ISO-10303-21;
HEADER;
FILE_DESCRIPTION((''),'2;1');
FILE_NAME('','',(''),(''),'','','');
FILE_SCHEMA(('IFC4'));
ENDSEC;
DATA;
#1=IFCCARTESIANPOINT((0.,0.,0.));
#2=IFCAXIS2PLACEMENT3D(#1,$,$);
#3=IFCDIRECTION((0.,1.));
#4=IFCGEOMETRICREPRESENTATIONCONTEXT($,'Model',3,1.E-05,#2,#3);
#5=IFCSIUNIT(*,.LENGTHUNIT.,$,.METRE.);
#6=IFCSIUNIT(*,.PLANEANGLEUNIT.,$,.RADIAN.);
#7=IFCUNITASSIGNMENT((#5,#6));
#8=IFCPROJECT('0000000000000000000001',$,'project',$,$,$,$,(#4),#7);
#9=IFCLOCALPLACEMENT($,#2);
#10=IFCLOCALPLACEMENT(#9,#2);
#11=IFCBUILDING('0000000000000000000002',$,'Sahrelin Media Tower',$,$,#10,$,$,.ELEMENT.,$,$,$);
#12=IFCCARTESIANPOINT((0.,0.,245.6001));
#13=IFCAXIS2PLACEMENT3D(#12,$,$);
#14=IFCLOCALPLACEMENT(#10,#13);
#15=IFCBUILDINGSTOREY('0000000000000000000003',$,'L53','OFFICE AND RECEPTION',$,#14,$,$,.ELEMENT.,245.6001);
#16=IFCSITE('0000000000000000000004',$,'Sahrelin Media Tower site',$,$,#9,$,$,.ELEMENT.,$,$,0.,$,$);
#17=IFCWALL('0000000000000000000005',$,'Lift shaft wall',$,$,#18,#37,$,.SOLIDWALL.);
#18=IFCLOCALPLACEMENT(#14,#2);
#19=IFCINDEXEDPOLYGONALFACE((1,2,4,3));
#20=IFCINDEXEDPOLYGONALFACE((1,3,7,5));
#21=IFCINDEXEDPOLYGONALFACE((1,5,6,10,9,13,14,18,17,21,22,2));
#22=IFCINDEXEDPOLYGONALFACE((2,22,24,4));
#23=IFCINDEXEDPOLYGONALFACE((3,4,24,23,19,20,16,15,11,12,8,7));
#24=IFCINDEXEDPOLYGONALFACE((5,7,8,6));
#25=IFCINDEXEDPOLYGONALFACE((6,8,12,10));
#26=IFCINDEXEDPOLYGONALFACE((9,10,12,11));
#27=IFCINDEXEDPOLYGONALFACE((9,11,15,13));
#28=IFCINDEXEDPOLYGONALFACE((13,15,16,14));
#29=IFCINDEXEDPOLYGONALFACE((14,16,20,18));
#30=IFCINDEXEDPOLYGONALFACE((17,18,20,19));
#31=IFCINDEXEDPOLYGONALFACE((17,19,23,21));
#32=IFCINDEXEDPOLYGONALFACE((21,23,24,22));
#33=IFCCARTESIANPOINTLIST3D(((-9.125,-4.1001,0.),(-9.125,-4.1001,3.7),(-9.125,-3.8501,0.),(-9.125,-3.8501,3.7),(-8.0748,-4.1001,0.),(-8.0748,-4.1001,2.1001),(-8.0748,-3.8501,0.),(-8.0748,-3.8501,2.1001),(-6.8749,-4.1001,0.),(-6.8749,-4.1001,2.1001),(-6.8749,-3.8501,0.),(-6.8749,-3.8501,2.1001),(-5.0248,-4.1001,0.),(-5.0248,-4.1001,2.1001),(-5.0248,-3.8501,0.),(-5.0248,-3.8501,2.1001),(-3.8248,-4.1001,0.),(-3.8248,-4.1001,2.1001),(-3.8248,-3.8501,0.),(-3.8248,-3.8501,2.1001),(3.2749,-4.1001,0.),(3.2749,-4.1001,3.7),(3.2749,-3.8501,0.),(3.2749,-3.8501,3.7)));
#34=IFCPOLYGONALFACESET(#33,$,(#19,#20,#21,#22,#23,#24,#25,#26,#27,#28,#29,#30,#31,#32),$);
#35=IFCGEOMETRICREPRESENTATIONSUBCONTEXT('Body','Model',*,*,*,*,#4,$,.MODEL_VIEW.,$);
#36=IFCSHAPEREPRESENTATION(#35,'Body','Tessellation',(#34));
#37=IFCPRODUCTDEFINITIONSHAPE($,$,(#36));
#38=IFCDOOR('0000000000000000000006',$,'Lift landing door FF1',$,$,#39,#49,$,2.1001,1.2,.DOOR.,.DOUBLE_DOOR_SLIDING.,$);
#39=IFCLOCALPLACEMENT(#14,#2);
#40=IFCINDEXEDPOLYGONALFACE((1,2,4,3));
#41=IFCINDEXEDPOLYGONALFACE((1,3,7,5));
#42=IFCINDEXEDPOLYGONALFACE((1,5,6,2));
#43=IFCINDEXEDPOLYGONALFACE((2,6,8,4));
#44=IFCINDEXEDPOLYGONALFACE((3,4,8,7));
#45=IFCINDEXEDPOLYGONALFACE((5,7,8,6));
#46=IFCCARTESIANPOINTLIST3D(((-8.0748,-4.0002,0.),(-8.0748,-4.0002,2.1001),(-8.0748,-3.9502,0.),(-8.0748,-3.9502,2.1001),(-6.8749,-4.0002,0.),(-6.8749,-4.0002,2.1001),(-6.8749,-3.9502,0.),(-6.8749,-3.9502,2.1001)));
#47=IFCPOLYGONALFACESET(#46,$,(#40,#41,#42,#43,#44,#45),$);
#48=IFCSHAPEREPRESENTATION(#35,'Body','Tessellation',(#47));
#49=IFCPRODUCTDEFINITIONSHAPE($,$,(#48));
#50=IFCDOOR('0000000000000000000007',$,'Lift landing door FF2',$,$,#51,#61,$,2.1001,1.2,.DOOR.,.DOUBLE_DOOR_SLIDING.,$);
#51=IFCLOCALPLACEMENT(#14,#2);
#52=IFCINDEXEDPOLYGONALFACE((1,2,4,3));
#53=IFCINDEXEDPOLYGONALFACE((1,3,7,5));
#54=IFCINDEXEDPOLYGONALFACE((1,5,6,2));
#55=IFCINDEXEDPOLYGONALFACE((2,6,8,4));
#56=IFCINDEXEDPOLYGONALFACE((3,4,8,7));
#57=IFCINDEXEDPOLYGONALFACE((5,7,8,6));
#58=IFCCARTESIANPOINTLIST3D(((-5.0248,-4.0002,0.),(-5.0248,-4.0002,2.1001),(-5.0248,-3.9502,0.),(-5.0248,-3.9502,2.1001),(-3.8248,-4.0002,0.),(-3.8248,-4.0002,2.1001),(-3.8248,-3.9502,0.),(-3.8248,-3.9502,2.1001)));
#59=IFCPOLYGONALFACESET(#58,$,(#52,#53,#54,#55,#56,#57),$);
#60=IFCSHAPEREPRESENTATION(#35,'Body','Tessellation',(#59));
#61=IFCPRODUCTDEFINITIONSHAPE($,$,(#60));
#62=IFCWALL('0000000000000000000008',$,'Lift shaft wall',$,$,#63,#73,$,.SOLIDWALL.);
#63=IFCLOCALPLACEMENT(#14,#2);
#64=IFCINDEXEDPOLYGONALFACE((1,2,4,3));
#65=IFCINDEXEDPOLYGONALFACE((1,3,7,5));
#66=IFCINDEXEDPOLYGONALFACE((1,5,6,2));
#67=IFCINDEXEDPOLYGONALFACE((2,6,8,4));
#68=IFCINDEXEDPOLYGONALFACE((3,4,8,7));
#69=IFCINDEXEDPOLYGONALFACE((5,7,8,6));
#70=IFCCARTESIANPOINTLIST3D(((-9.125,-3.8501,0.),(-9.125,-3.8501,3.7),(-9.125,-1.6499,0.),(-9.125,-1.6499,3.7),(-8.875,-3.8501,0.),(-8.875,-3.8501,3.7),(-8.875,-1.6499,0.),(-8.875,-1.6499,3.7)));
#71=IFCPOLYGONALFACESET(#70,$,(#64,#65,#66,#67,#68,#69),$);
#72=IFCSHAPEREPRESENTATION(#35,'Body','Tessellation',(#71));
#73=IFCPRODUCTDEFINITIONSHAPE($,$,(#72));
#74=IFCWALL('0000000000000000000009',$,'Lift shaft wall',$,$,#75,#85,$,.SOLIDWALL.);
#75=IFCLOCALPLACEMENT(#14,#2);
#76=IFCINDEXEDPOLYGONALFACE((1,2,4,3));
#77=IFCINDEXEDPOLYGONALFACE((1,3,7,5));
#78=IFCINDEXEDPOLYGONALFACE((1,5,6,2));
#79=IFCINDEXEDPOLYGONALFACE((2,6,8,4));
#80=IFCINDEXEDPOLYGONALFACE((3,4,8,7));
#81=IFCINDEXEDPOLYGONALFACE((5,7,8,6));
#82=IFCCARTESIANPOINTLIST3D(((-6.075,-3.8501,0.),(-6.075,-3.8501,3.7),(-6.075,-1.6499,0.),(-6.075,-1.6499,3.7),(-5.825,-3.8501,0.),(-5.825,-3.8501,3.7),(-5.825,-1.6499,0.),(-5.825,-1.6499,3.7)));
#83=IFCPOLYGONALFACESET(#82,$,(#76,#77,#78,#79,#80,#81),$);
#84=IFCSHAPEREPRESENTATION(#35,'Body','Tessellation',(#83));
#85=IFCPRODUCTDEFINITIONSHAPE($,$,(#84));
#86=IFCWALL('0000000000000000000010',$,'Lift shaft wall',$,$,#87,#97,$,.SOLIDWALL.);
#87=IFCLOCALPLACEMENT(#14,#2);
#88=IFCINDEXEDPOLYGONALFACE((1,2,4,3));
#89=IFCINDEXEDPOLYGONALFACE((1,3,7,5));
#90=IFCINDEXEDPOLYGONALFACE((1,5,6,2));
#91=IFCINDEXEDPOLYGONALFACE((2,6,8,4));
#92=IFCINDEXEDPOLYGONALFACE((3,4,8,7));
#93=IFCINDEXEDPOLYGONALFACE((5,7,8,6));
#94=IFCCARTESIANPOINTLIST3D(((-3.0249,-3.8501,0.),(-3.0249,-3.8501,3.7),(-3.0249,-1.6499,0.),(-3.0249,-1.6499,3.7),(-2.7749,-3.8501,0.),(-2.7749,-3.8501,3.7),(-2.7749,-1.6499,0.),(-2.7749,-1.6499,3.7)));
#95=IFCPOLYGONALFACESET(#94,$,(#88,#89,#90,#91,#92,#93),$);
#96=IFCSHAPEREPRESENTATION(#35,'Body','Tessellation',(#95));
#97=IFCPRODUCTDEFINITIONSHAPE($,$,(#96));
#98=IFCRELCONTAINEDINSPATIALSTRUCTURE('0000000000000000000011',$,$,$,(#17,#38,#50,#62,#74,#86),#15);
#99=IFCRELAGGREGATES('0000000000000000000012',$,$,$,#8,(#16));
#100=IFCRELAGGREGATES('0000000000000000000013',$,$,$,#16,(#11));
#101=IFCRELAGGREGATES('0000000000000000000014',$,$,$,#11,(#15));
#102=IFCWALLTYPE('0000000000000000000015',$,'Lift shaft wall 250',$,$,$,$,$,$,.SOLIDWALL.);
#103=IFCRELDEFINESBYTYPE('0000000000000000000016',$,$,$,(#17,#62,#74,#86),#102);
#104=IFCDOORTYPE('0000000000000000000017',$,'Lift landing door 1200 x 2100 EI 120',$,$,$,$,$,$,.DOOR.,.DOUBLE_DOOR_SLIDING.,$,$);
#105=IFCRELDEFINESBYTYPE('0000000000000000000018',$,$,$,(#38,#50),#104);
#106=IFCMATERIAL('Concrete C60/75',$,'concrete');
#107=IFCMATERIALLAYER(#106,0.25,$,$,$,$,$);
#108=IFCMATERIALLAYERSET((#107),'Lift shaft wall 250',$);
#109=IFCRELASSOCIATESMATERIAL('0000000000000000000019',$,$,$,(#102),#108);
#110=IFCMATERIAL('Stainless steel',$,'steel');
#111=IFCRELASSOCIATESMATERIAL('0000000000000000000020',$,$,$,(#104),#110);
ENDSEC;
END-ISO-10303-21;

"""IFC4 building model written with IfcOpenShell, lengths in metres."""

from ifc_helpers import new_model, si_unit, direction, frame, frame_2d, origin, place, context, subcontext, project, spatial, rectangle, extrude, material, layer, layer_set, type_object, element, fill, save


model = new_model("IFC4")

# Units and contexts
model_context = context("Model", 3, precision=1e-05, world=origin(), true_north=direction((0.0, 1.0)))
body_context = subcontext(model_context, "Body", "Model", "MODEL_VIEW")
ifc_project = project(units=[si_unit("LENGTHUNIT", "METRE"), si_unit("PLANEANGLEUNIT", "RADIAN")], contexts=[model_context])

# Site, building, storey
site_placement = place(None, origin())
site = spatial("IfcSite", under=ifc_project, at=site_placement, Name="Sahrelin Media Tower site", CompositionType="ELEMENT", RefElevation=0.0)
building_placement = place(site_placement, origin())
building = spatial("IfcBuilding", under=site, at=building_placement, Name="Sahrelin Media Tower", CompositionType="ELEMENT")
storey_placement = place(building_placement, frame((0.0, 0.0, 245.6001)))
storey = spatial("IfcBuildingStorey", under=building, at=storey_placement, Name="L53", Description="OFFICE AND RECEPTION", CompositionType="ELEMENT", Elevation=245.6001)

# Shared definitions
ifc_material_1 = material(Name="Concrete C60/75", Category="concrete")

# Wall, openings, doors
ifc_layer_1 = layer(ifc_material_1, 0.25)
ifc_layer_set_1 = layer_set([ifc_layer_1], Name="Lift shaft wall 250")
wall_type_1 = type_object("IfcWallType", Name="Lift shaft wall 250", PredefinedType="SOLIDWALL", material=ifc_layer_set_1)
ifc_material_2 = material(Name="Stainless steel", Category="steel")
door_type_1 = type_object("IfcDoorType", Name="Lift landing door 1200 x 2100 EI 120", OperationType="DOUBLE_DOOR_SLIDING", PredefinedType="DOOR", material=ifc_material_2)
wall_1_placement = place(storey_placement, frame((-9.125, -3.9751, 0.0), z_axis=(0.0, 0.0, 1.0), x_axis=(1.0, 0.0, 0.0)))
wall_1 = element("IfcWall", 1, at=wall_1_placement, inside=storey, type_object=wall_type_1, Name="Lift shaft wall", PredefinedType="SOLIDWALL", context=body_context, shape_type="SweptSolid", body=[
    extrude(rectangle(XDim=12.3999, YDim=0.25, at=frame_2d((6.2, 0.0))), origin(), (0.0, 0.0, 1.0), 3.7),
])
opening_1_placement = place(wall_1_placement, frame((1.05, 0.0, 0.0)))
opening_1 = element("IfcOpeningElement", 2, at=opening_1_placement, cuts=wall_1, PredefinedType="OPENING", context=body_context, shape_type="SweptSolid", body=[
    extrude(rectangle(XDim=1.2, YDim=2.1001, at=frame_2d((0.6001, 1.05))), frame((0.0, 0.125, 0.0), z_axis=(0.0, -1.0, 0.0), x_axis=(1.0, 0.0, 0.0)), (0.0, 0.0, 1.0), 0.25),
])
opening_2_placement = place(wall_1_placement, frame((4.1001, 0.0, 0.0)))
opening_2 = element("IfcOpeningElement", 3, at=opening_2_placement, cuts=wall_1, PredefinedType="OPENING", context=body_context, shape_type="SweptSolid", body=[
    extrude(rectangle(XDim=1.2, YDim=2.1001, at=frame_2d((0.6001, 1.05))), frame((0.0, 0.125, 0.0), z_axis=(0.0, -1.0, 0.0), x_axis=(1.0, 0.0, 0.0)), (0.0, 0.0, 1.0), 0.25),
])
door_1_placement = place(opening_1_placement, origin())
door_1 = element("IfcDoor", 4, at=door_1_placement, inside=storey, type_object=door_type_1, Name="Lift landing door FF1", OperationType="DOUBLE_DOOR_SLIDING", OverallHeight=2.1001, OverallWidth=1.2, PredefinedType="DOOR", context=body_context, shape_type="SweptSolid", body=[
    extrude(rectangle(XDim=1.2, YDim=2.1001, at=frame_2d((0.6001, 1.05))), frame((0.0, 0.0249, 0.0), z_axis=(0.0, -1.0, 0.0), x_axis=(1.0, 0.0, 0.0)), (0.0, 0.0, 1.0), 0.05),
])
fill(opening_1, door_1)
door_2_placement = place(opening_2_placement, origin())
door_2 = element("IfcDoor", 5, at=door_2_placement, inside=storey, type_object=door_type_1, Name="Lift landing door FF2", OperationType="DOUBLE_DOOR_SLIDING", OverallHeight=2.1001, OverallWidth=1.2, PredefinedType="DOOR", context=body_context, shape_type="SweptSolid", body=[
    extrude(rectangle(XDim=1.2, YDim=2.1001, at=frame_2d((0.6001, 1.05))), frame((0.0, 0.0249, 0.0), z_axis=(0.0, -1.0, 0.0), x_axis=(1.0, 0.0, 0.0)), (0.0, 0.0, 1.0), 0.05),
])
fill(opening_2, door_2)

# Walls
for number, where, z_axis, x_axis, name in (
    (6, (-9.0, -3.8501, 0.0), (0.0, 0.0, 1.0), (0.0, 1.0, 0.0), "Lift shaft wall"),
    (7, (-5.95, -3.8501, 0.0), (0.0, 0.0, 1.0), (0.0, 1.0, 0.0), "Lift shaft wall"),
    (8, (-2.8999, -3.8501, 0.0), (0.0, 0.0, 1.0), (0.0, 1.0, 0.0), "Lift shaft wall"),
):
    element("IfcWall", number, at=place(storey_placement, frame(where, z_axis=z_axis, x_axis=x_axis)), inside=storey, type_object=wall_type_1, Name=name, PredefinedType="SOLIDWALL", context=body_context, shape_type="SweptSolid", body=[
        extrude(rectangle(XDim=2.2002, YDim=0.25, at=frame_2d((1.1001, 0.0))), origin(), (0.0, 0.0, 1.0), 3.7),
    ])

save(model, "model.ifc")
